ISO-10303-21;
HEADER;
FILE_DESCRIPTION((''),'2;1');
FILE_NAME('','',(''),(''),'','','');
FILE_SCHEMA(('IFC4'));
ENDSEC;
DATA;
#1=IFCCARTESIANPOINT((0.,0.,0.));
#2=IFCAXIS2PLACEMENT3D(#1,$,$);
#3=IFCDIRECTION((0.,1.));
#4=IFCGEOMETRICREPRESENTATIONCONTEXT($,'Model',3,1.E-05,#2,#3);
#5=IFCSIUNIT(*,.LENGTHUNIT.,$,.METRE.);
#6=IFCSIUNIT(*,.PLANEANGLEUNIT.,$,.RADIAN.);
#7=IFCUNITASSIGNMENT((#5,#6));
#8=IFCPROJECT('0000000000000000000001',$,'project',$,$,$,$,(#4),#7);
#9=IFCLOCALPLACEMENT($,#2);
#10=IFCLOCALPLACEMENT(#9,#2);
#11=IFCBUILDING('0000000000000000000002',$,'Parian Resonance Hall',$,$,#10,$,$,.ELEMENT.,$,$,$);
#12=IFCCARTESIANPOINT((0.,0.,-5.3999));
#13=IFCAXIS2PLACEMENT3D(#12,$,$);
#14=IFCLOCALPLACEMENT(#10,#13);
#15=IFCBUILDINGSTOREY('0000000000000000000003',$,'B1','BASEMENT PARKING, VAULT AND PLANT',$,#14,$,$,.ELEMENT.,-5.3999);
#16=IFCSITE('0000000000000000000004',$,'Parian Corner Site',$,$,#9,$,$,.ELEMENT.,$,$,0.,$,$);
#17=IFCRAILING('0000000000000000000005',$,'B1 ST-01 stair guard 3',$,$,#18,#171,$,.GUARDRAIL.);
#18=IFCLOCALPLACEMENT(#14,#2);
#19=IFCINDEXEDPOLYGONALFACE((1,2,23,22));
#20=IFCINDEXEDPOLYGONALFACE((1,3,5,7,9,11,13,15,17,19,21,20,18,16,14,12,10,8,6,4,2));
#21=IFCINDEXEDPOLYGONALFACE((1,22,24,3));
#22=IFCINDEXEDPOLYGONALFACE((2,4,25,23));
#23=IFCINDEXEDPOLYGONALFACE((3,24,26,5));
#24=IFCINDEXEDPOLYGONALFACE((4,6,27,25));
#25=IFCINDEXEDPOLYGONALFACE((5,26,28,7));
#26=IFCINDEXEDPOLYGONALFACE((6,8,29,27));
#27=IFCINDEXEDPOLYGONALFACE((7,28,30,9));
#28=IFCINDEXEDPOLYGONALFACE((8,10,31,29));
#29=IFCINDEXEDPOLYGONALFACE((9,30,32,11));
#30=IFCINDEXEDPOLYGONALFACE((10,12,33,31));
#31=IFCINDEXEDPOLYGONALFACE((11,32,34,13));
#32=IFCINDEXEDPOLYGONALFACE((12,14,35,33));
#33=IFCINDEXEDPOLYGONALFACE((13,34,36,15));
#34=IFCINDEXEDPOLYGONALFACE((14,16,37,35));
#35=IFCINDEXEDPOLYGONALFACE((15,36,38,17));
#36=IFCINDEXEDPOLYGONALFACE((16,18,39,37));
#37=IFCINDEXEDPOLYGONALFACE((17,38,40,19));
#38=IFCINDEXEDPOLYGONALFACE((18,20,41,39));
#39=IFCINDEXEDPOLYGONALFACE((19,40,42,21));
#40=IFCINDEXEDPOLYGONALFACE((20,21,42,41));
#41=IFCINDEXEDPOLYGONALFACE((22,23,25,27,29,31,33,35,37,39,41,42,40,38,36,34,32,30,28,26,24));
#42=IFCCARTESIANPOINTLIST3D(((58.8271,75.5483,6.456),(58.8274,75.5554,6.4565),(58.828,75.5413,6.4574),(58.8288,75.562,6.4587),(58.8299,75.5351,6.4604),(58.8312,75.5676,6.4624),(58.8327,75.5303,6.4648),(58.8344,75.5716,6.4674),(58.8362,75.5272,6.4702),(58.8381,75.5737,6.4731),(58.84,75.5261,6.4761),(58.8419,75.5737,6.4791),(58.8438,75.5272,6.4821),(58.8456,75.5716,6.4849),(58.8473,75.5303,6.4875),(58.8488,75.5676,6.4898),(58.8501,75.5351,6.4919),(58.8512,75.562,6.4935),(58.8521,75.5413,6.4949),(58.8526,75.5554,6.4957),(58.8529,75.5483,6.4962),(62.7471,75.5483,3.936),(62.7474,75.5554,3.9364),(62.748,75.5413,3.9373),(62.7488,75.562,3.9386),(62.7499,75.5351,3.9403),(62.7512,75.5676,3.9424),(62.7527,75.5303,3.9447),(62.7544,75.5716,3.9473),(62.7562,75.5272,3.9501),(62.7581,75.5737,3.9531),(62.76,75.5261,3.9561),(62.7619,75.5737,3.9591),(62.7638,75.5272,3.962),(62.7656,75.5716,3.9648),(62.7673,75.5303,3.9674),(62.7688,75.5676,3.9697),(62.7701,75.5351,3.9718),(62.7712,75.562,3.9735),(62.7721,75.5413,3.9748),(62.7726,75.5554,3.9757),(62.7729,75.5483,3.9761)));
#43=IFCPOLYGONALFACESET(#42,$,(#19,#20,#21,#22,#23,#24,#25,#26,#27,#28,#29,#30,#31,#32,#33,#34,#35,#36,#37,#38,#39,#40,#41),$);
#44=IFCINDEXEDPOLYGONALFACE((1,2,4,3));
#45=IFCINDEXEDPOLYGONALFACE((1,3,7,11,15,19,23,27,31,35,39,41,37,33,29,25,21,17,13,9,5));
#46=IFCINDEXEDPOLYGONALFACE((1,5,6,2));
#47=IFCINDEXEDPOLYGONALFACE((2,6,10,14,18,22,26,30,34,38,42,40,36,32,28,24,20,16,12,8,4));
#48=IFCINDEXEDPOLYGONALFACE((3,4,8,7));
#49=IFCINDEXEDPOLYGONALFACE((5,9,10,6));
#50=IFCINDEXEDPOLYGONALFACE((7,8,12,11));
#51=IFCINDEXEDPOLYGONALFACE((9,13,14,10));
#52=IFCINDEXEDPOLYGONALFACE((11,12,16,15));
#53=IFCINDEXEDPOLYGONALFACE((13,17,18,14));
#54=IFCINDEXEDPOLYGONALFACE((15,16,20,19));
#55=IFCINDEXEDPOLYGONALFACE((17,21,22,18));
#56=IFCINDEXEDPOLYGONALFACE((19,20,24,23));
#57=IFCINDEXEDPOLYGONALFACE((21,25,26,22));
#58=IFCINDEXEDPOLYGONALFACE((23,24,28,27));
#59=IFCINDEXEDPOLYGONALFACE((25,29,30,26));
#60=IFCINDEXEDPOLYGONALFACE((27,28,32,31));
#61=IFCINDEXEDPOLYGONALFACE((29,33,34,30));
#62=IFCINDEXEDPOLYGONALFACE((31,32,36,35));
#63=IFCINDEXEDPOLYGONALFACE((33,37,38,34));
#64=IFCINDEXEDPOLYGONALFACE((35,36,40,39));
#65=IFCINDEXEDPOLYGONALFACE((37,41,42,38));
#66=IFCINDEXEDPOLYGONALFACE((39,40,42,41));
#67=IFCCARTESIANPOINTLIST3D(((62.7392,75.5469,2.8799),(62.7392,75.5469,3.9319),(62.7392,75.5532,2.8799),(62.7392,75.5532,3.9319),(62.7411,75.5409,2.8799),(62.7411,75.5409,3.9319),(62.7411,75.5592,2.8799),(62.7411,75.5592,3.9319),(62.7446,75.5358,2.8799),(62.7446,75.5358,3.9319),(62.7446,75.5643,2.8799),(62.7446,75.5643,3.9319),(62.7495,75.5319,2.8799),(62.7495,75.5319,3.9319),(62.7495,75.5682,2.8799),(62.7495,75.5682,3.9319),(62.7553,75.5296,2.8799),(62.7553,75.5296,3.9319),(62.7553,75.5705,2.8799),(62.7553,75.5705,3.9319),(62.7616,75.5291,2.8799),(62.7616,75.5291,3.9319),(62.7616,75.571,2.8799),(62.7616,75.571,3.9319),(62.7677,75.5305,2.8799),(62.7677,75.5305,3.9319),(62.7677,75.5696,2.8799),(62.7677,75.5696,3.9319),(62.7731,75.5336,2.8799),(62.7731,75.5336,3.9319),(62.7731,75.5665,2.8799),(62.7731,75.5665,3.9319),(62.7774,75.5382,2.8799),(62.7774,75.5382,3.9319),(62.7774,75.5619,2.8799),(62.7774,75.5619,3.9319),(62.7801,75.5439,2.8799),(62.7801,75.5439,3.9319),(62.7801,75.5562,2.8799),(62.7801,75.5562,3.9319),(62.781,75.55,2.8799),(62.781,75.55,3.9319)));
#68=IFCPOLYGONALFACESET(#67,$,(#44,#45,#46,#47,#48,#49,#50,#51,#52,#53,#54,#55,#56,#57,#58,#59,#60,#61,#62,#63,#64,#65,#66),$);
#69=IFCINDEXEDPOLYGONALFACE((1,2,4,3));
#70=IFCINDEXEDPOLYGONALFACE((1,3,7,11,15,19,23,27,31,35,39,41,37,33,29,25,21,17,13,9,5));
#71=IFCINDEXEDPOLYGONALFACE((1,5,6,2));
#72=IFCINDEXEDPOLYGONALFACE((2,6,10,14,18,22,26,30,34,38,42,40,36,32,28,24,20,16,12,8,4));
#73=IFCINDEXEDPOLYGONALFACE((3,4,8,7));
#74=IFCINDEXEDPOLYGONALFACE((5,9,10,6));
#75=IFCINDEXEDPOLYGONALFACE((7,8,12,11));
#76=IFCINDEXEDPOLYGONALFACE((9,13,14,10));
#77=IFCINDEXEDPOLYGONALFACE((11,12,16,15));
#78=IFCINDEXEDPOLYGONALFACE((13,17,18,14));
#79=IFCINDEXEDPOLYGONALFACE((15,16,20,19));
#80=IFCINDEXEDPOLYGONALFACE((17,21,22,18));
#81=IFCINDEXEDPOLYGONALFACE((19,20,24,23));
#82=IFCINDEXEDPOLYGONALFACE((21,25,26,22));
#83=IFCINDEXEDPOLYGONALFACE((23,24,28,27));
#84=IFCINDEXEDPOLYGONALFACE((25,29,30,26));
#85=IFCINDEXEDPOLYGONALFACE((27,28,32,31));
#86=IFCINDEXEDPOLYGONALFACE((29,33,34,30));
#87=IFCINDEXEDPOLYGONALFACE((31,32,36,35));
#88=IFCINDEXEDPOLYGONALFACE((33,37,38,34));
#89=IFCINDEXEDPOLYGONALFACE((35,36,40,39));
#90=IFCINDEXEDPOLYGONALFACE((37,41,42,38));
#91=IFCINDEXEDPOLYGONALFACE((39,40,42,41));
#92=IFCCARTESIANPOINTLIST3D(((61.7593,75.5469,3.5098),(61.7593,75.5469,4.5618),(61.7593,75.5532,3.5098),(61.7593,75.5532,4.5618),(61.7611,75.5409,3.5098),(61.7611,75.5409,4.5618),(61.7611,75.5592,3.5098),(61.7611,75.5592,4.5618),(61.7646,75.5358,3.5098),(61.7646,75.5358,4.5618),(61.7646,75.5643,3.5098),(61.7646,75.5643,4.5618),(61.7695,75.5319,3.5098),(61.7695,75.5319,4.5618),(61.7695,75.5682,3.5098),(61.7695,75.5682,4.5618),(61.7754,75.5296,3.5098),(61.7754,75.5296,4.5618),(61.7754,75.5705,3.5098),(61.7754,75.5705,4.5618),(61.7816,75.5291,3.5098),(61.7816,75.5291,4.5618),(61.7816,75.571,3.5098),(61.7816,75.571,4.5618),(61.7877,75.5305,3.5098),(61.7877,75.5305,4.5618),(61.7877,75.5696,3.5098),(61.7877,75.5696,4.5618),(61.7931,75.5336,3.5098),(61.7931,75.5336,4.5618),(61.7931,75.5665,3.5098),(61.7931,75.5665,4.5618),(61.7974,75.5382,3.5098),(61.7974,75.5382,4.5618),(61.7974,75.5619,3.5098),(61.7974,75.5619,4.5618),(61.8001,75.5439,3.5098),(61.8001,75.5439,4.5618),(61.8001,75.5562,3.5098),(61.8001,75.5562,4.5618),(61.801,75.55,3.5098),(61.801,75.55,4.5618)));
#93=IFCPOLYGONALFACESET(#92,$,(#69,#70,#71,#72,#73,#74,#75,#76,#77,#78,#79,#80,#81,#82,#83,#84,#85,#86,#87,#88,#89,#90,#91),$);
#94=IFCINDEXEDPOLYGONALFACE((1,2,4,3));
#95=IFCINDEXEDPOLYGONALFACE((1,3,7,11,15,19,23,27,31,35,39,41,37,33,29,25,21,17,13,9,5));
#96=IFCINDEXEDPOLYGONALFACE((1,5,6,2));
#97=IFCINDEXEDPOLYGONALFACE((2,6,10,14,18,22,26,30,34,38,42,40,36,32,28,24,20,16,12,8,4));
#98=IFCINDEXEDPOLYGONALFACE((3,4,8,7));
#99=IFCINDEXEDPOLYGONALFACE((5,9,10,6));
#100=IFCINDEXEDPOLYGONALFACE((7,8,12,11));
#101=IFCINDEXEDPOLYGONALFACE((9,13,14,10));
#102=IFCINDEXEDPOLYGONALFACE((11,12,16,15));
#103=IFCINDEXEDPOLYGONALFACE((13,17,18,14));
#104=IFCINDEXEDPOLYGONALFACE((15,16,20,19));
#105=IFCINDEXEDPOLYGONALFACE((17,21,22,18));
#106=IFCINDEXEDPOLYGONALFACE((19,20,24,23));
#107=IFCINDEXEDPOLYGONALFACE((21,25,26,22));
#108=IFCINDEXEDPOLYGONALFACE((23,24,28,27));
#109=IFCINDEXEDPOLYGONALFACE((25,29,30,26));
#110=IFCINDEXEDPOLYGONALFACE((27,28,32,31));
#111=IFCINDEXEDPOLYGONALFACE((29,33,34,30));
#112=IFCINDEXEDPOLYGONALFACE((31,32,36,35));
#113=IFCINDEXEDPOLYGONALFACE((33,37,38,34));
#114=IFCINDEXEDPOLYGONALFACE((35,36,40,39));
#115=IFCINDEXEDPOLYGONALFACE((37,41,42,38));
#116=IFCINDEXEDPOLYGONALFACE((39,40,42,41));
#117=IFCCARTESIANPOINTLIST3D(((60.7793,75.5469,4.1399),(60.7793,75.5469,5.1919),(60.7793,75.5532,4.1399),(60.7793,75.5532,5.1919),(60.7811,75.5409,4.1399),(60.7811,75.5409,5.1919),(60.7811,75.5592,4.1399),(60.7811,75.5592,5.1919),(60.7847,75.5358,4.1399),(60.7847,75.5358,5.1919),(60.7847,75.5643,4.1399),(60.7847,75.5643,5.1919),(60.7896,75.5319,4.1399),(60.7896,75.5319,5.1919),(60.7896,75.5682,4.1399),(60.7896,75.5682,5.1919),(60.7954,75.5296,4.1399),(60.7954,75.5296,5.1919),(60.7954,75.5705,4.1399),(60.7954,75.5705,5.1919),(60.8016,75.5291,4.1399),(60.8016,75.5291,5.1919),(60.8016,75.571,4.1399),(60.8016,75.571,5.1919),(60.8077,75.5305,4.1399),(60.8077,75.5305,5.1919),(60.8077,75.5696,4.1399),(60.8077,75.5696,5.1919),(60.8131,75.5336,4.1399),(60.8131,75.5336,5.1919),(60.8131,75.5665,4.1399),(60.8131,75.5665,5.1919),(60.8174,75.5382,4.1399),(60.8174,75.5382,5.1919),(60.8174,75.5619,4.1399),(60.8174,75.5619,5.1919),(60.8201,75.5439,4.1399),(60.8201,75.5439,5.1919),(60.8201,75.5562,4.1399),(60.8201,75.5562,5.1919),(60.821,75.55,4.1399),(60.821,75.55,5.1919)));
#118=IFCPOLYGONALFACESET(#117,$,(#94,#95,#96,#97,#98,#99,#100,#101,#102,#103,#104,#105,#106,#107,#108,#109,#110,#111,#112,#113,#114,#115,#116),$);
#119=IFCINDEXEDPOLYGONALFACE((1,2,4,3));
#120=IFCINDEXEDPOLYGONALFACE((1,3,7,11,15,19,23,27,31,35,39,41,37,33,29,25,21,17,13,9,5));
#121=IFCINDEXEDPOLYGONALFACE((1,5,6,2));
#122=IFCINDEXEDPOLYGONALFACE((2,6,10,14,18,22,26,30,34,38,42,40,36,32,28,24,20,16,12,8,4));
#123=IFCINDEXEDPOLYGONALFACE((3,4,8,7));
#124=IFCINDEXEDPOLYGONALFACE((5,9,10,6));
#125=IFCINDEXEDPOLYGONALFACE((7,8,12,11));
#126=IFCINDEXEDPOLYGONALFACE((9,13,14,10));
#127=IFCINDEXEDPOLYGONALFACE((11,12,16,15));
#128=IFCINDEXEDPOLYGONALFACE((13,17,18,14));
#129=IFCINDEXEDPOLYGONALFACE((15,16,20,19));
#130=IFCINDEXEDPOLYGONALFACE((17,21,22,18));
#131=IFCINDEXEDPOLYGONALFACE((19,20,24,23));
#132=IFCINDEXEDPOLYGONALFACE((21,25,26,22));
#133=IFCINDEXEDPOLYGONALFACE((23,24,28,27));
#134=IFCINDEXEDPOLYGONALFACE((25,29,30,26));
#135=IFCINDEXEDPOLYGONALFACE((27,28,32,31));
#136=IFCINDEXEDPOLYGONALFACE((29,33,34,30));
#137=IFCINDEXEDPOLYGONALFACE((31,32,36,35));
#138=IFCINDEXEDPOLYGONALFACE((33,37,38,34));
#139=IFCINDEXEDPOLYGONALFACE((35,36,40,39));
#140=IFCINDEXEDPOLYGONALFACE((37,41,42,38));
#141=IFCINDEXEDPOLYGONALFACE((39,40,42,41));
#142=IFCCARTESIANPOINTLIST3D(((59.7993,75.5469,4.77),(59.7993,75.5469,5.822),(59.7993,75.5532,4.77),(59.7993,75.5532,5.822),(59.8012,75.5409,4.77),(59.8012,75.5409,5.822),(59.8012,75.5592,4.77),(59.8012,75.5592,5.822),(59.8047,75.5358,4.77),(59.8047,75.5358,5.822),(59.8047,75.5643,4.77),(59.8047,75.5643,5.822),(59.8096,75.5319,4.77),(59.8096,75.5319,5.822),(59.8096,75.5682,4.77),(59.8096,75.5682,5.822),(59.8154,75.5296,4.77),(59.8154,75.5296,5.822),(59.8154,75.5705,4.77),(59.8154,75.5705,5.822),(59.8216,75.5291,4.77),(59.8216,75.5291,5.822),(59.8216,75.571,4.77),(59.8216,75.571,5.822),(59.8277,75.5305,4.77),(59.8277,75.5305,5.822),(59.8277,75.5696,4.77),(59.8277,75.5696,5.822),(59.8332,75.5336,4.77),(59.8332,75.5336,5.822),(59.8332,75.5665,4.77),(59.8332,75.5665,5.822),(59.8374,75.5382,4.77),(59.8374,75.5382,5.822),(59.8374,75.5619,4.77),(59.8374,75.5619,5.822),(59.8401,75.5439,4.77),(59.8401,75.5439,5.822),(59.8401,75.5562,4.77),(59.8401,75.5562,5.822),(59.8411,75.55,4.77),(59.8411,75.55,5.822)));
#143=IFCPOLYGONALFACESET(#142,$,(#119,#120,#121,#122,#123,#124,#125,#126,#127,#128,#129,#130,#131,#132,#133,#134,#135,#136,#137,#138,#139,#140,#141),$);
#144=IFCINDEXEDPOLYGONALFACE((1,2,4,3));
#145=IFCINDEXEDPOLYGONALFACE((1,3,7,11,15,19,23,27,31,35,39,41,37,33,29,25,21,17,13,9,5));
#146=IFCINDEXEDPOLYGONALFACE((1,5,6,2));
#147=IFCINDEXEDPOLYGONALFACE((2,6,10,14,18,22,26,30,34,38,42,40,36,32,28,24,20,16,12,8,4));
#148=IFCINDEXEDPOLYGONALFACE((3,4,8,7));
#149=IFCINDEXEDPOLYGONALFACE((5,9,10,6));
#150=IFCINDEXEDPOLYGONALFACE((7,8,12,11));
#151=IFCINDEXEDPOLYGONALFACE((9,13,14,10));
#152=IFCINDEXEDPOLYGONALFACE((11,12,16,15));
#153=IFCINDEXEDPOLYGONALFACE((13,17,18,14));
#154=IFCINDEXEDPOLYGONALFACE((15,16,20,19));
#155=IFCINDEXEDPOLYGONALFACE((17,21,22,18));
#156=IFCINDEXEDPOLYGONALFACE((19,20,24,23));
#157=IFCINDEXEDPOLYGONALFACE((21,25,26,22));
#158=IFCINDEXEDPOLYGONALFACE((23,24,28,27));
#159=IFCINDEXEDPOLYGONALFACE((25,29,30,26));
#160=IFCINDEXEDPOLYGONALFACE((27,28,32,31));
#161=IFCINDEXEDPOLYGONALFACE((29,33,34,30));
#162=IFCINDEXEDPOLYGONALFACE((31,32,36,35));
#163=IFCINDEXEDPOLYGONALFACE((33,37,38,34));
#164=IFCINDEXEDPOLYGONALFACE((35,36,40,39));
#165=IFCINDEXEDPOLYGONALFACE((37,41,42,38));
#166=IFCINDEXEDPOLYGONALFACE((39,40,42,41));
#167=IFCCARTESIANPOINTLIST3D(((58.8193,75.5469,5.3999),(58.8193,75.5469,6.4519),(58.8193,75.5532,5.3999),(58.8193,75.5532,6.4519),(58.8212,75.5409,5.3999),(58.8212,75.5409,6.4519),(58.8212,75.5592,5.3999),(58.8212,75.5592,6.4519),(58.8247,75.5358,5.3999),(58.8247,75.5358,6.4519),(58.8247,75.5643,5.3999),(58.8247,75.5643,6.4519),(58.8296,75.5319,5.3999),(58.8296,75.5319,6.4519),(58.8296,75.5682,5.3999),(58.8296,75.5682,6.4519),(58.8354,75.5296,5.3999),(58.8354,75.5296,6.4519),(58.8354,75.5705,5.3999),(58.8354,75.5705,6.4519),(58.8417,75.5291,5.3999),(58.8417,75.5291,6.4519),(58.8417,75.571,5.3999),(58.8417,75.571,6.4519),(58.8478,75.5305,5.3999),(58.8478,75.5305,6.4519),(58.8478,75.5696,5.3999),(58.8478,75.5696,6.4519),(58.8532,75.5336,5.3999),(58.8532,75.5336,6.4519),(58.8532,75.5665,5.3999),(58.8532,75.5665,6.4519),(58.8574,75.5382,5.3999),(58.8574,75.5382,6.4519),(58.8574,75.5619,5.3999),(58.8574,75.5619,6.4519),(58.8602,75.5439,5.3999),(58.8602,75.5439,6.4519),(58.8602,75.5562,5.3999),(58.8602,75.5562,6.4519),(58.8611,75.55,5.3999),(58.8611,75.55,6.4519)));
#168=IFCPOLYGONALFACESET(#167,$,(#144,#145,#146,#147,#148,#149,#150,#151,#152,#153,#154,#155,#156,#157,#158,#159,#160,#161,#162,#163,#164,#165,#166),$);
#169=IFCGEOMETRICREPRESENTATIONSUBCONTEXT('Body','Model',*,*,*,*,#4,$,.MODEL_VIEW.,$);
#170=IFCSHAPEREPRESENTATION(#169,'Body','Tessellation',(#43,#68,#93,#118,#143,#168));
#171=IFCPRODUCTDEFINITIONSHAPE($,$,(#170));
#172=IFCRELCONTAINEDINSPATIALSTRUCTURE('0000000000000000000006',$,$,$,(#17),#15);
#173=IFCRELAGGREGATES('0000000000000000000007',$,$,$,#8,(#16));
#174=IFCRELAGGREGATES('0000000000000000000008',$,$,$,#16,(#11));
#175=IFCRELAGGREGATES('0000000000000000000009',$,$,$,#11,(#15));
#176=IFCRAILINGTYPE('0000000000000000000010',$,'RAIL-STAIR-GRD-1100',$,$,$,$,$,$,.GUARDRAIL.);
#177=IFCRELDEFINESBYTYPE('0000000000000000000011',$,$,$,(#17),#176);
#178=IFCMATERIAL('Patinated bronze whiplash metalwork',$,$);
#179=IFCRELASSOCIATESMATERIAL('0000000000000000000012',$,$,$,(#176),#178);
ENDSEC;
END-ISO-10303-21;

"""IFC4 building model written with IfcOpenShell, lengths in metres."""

from ifc_helpers import new_model, si_unit, direction, frame, origin, origin_2d, place, context, subcontext, project, spatial, circle, extrude, material, type_object, element, save


model = new_model("IFC4")

# Units and contexts
model_context = context("Model", 3, precision=1e-05, world=origin(), true_north=direction((0.0, 1.0)))
body_context = subcontext(model_context, "Body", "Model", "MODEL_VIEW")
ifc_project = project(units=[si_unit("LENGTHUNIT", "METRE"), si_unit("PLANEANGLEUNIT", "RADIAN")], contexts=[model_context])

# Site, building, storey
site_placement = place(None, origin())
site = spatial("IfcSite", under=ifc_project, at=site_placement, Name="Parian Corner Site", CompositionType="ELEMENT", RefElevation=0.0)
building_placement = place(site_placement, origin())
building = spatial("IfcBuilding", under=site, at=building_placement, Name="Parian Resonance Hall", CompositionType="ELEMENT")
storey_placement = place(building_placement, frame((0.0, 0.0, -5.3999)))
storey = spatial("IfcBuildingStorey", under=building, at=storey_placement, Name="B1", Description="BASEMENT PARKING, VAULT AND PLANT", CompositionType="ELEMENT", Elevation=-5.3999)

# Railing
ifc_material_1 = material(Name="Patinated bronze whiplash metalwork")
railing_type_1 = type_object("IfcRailingType", Name="RAIL-STAIR-GRD-1100", PredefinedType="GUARDRAIL", material=ifc_material_1)
railing_1_placement = place(storey_placement, frame((62.76, 75.55, 2.8799)))
element("IfcRailing", 1, at=railing_1_placement, inside=storey, type_object=railing_type_1, Name="B1 ST-01 stair guard 3", PredefinedType="GUARDRAIL", context=body_context, shape_type="SweptSolid", body=[
    extrude(circle(Radius=0.0239, at=origin_2d()), frame((0.0, 0.0, 1.0762), z_axis=(-0.841172, 0.0, 0.540768), x_axis=(0.0, -1.0, 0.0)), (0.0, 0.0, 1.0), 4.6602),
    extrude(circle(Radius=0.021, at=origin_2d()), origin(), (0.0, 0.0, 1.0), 1.052),
    extrude(circle(Radius=0.021, at=origin_2d()), frame((-0.98, 0.0, 0.6299)), (0.0, 0.0, 1.0), 1.052),
    extrude(circle(Radius=0.021, at=origin_2d()), frame((-1.96, 0.0, 1.26)), (0.0, 0.0, 1.0), 1.052),
    extrude(circle(Radius=0.021, at=origin_2d()), frame((-2.9399, 0.0, 1.8901)), (0.0, 0.0, 1.0), 1.052),
    extrude(circle(Radius=0.021, at=origin_2d()), frame((-3.9199, 0.0, 2.52)), (0.0, 0.0, 1.0), 1.052),
])

save(model, "model.ifc")
